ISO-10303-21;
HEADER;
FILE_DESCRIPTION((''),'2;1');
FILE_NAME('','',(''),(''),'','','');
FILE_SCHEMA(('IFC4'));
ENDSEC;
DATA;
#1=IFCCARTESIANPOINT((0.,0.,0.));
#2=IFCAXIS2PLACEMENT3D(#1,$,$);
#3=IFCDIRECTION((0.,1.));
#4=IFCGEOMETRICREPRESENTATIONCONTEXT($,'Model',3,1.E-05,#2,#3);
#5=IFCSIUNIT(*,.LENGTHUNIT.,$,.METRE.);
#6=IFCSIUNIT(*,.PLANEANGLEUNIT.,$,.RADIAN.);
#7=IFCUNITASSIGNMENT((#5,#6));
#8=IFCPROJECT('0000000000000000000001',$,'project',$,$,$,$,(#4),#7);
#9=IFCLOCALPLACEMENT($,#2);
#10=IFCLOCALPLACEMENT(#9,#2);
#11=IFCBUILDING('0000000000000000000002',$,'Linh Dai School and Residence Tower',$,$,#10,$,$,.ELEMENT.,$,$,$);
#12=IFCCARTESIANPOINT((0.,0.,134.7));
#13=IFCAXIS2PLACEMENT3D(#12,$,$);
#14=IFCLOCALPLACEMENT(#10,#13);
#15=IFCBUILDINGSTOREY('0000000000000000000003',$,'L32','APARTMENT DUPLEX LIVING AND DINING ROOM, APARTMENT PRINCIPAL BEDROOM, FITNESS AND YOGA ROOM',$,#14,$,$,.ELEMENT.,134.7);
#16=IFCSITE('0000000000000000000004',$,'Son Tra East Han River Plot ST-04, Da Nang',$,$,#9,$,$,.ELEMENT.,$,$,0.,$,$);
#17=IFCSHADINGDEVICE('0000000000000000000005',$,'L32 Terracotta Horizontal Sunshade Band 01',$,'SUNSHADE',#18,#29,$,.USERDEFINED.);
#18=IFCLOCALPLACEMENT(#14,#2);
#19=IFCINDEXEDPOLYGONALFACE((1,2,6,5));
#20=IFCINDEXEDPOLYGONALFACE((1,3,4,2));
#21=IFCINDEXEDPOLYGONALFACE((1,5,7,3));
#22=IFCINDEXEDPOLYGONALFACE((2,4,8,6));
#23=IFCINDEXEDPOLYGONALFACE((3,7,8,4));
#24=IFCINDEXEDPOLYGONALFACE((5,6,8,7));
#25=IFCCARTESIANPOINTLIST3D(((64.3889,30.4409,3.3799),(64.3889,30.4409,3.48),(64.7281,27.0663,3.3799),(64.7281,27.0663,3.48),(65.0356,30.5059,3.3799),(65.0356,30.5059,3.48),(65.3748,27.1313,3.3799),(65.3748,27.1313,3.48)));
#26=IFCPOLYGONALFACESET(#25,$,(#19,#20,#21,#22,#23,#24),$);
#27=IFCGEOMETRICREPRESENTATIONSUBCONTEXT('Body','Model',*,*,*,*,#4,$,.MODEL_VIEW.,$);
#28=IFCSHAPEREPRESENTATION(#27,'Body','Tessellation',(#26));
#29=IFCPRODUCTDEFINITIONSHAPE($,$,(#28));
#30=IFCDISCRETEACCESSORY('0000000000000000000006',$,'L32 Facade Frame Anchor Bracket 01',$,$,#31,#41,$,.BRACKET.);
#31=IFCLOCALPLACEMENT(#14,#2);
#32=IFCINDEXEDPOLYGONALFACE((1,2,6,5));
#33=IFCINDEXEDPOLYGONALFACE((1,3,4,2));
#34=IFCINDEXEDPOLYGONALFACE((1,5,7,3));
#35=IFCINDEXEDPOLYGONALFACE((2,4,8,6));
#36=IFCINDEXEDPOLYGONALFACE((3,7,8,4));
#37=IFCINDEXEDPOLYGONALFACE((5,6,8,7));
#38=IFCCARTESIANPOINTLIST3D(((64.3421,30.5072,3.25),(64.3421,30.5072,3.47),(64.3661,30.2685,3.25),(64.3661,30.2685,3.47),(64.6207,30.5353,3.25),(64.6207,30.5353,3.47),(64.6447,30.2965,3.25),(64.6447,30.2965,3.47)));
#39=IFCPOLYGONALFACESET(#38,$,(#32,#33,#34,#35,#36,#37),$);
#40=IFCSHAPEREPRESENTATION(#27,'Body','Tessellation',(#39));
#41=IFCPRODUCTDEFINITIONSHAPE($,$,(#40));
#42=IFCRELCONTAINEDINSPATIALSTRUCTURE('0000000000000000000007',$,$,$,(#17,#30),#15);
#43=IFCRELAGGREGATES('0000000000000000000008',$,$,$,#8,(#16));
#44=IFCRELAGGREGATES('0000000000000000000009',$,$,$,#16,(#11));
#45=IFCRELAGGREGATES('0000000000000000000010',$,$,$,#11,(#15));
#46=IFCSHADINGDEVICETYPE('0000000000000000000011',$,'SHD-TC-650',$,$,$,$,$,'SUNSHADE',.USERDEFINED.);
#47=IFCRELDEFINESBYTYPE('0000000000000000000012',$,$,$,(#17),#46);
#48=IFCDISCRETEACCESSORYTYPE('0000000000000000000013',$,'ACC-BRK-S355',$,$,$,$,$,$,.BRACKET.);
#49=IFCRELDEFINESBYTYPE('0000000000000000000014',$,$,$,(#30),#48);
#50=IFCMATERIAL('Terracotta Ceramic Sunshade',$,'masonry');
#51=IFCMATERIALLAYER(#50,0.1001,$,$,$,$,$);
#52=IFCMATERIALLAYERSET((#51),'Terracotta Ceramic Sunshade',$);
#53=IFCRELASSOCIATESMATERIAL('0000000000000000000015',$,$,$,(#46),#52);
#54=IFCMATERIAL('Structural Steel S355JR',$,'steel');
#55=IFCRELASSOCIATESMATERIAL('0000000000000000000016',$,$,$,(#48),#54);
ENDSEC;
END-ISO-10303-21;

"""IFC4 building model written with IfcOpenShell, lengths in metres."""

from ifc_helpers import new_model, si_unit, direction, frame, origin, origin_2d, place, context, subcontext, project, spatial, rectangle, extrude, source, transform, mapped, material, layer, layer_set, type_object, element, save


model = new_model("IFC4")

# Units and contexts
model_context = context("Model", 3, precision=1e-05, world=origin(), true_north=direction((0.0, 1.0)))
body_context = subcontext(model_context, "Body", "Model", "MODEL_VIEW")
ifc_project = project(units=[si_unit("LENGTHUNIT", "METRE"), si_unit("PLANEANGLEUNIT", "RADIAN")], contexts=[model_context])

# Site, building, storey
site_placement = place(None, origin())
site = spatial("IfcSite", under=ifc_project, at=site_placement, Name="Son Tra East Han River Plot ST-04, Da Nang", CompositionType="ELEMENT", RefElevation=0.0)
building_placement = place(site_placement, origin())
building = spatial("IfcBuilding", under=site, at=building_placement, Name="Linh Dai School and Residence Tower", CompositionType="ELEMENT")
storey_placement = place(building_placement, frame((0.0, 0.0, 134.7)))
storey = spatial("IfcBuildingStorey", under=building, at=storey_placement, Name="L32", Description="APARTMENT DUPLEX LIVING AND DINING ROOM, APARTMENT PRINCIPAL BEDROOM, FITNESS AND YOGA ROOM", CompositionType="ELEMENT", Elevation=134.7)

# Shared definitions
ifc_material_1 = material(Name="Structural Steel S355JR", Category="steel")

# Shading device
ifc_material_2 = material(Name="Terracotta Ceramic Sunshade", Category="masonry")
ifc_layer_1 = layer(ifc_material_2, 0.1001)
ifc_layer_set_1 = layer_set([ifc_layer_1], Name="Terracotta Ceramic Sunshade")
shading_device_type = type_object("IfcShadingDeviceType", Name="SHD-TC-650", ElementType="SUNSHADE", PredefinedType="USERDEFINED", material=ifc_layer_set_1)
shared_shape_1 = source(origin(), body_context, "Body", "SweptSolid", [
    extrude(rectangle(XDim=3.3916, YDim=0.6499, at=origin_2d()), origin(), (0.0, 0.0, 1.0), 0.1001),
])
shading_device_placement = place(storey_placement, frame((64.8818, 28.7861, 3.3799), z_axis=(0.0, 0.0, 1.0), x_axis=(0.100007, -0.994987, 0.0)))
element("IfcShadingDevice", 1, at=shading_device_placement, inside=storey, type_object=shading_device_type, Name="L32 Terracotta Horizontal Sunshade Band 01", ObjectType="SUNSHADE", PredefinedType="USERDEFINED", context=body_context, shape_type="MappedRepresentation", body=[
    mapped(shared_shape_1, transform((0.0, 0.0, 0.0), x_axis=(1.0, 0.0, 0.0), y_axis=(0.0, 1.0, 0.0), z_axis=(0.0, 0.0, 1.0), scale=1.0)),
])

# Discrete accessory
discrete_accessory_type = type_object("IfcDiscreteAccessoryType", Name="ACC-BRK-S355", PredefinedType="BRACKET", material=ifc_material_1)
shared_shape_2 = source(origin(), body_context, "Body", "SweptSolid", [
    extrude(rectangle(XDim=0.28, YDim=0.24, at=origin_2d()), origin(), (0.0, 0.0, 1.0), 0.22),
])
discrete_accessory_placement = place(storey_placement, frame((64.4934, 30.4019, 3.25), z_axis=(0.0, 0.0, 1.0), x_axis=(0.994987, 0.100007, 0.0)))
element("IfcDiscreteAccessory", 2, at=discrete_accessory_placement, inside=storey, type_object=discrete_accessory_type, Name="L32 Facade Frame Anchor Bracket 01", PredefinedType="BRACKET", context=body_context, shape_type="MappedRepresentation", body=[
    mapped(shared_shape_2, transform((0.0, 0.0, 0.0), x_axis=(1.0, 0.0, 0.0), y_axis=(0.0, 1.0, 0.0), z_axis=(0.0, 0.0, 1.0), scale=1.0)),
])

save(model, "model.ifc")
